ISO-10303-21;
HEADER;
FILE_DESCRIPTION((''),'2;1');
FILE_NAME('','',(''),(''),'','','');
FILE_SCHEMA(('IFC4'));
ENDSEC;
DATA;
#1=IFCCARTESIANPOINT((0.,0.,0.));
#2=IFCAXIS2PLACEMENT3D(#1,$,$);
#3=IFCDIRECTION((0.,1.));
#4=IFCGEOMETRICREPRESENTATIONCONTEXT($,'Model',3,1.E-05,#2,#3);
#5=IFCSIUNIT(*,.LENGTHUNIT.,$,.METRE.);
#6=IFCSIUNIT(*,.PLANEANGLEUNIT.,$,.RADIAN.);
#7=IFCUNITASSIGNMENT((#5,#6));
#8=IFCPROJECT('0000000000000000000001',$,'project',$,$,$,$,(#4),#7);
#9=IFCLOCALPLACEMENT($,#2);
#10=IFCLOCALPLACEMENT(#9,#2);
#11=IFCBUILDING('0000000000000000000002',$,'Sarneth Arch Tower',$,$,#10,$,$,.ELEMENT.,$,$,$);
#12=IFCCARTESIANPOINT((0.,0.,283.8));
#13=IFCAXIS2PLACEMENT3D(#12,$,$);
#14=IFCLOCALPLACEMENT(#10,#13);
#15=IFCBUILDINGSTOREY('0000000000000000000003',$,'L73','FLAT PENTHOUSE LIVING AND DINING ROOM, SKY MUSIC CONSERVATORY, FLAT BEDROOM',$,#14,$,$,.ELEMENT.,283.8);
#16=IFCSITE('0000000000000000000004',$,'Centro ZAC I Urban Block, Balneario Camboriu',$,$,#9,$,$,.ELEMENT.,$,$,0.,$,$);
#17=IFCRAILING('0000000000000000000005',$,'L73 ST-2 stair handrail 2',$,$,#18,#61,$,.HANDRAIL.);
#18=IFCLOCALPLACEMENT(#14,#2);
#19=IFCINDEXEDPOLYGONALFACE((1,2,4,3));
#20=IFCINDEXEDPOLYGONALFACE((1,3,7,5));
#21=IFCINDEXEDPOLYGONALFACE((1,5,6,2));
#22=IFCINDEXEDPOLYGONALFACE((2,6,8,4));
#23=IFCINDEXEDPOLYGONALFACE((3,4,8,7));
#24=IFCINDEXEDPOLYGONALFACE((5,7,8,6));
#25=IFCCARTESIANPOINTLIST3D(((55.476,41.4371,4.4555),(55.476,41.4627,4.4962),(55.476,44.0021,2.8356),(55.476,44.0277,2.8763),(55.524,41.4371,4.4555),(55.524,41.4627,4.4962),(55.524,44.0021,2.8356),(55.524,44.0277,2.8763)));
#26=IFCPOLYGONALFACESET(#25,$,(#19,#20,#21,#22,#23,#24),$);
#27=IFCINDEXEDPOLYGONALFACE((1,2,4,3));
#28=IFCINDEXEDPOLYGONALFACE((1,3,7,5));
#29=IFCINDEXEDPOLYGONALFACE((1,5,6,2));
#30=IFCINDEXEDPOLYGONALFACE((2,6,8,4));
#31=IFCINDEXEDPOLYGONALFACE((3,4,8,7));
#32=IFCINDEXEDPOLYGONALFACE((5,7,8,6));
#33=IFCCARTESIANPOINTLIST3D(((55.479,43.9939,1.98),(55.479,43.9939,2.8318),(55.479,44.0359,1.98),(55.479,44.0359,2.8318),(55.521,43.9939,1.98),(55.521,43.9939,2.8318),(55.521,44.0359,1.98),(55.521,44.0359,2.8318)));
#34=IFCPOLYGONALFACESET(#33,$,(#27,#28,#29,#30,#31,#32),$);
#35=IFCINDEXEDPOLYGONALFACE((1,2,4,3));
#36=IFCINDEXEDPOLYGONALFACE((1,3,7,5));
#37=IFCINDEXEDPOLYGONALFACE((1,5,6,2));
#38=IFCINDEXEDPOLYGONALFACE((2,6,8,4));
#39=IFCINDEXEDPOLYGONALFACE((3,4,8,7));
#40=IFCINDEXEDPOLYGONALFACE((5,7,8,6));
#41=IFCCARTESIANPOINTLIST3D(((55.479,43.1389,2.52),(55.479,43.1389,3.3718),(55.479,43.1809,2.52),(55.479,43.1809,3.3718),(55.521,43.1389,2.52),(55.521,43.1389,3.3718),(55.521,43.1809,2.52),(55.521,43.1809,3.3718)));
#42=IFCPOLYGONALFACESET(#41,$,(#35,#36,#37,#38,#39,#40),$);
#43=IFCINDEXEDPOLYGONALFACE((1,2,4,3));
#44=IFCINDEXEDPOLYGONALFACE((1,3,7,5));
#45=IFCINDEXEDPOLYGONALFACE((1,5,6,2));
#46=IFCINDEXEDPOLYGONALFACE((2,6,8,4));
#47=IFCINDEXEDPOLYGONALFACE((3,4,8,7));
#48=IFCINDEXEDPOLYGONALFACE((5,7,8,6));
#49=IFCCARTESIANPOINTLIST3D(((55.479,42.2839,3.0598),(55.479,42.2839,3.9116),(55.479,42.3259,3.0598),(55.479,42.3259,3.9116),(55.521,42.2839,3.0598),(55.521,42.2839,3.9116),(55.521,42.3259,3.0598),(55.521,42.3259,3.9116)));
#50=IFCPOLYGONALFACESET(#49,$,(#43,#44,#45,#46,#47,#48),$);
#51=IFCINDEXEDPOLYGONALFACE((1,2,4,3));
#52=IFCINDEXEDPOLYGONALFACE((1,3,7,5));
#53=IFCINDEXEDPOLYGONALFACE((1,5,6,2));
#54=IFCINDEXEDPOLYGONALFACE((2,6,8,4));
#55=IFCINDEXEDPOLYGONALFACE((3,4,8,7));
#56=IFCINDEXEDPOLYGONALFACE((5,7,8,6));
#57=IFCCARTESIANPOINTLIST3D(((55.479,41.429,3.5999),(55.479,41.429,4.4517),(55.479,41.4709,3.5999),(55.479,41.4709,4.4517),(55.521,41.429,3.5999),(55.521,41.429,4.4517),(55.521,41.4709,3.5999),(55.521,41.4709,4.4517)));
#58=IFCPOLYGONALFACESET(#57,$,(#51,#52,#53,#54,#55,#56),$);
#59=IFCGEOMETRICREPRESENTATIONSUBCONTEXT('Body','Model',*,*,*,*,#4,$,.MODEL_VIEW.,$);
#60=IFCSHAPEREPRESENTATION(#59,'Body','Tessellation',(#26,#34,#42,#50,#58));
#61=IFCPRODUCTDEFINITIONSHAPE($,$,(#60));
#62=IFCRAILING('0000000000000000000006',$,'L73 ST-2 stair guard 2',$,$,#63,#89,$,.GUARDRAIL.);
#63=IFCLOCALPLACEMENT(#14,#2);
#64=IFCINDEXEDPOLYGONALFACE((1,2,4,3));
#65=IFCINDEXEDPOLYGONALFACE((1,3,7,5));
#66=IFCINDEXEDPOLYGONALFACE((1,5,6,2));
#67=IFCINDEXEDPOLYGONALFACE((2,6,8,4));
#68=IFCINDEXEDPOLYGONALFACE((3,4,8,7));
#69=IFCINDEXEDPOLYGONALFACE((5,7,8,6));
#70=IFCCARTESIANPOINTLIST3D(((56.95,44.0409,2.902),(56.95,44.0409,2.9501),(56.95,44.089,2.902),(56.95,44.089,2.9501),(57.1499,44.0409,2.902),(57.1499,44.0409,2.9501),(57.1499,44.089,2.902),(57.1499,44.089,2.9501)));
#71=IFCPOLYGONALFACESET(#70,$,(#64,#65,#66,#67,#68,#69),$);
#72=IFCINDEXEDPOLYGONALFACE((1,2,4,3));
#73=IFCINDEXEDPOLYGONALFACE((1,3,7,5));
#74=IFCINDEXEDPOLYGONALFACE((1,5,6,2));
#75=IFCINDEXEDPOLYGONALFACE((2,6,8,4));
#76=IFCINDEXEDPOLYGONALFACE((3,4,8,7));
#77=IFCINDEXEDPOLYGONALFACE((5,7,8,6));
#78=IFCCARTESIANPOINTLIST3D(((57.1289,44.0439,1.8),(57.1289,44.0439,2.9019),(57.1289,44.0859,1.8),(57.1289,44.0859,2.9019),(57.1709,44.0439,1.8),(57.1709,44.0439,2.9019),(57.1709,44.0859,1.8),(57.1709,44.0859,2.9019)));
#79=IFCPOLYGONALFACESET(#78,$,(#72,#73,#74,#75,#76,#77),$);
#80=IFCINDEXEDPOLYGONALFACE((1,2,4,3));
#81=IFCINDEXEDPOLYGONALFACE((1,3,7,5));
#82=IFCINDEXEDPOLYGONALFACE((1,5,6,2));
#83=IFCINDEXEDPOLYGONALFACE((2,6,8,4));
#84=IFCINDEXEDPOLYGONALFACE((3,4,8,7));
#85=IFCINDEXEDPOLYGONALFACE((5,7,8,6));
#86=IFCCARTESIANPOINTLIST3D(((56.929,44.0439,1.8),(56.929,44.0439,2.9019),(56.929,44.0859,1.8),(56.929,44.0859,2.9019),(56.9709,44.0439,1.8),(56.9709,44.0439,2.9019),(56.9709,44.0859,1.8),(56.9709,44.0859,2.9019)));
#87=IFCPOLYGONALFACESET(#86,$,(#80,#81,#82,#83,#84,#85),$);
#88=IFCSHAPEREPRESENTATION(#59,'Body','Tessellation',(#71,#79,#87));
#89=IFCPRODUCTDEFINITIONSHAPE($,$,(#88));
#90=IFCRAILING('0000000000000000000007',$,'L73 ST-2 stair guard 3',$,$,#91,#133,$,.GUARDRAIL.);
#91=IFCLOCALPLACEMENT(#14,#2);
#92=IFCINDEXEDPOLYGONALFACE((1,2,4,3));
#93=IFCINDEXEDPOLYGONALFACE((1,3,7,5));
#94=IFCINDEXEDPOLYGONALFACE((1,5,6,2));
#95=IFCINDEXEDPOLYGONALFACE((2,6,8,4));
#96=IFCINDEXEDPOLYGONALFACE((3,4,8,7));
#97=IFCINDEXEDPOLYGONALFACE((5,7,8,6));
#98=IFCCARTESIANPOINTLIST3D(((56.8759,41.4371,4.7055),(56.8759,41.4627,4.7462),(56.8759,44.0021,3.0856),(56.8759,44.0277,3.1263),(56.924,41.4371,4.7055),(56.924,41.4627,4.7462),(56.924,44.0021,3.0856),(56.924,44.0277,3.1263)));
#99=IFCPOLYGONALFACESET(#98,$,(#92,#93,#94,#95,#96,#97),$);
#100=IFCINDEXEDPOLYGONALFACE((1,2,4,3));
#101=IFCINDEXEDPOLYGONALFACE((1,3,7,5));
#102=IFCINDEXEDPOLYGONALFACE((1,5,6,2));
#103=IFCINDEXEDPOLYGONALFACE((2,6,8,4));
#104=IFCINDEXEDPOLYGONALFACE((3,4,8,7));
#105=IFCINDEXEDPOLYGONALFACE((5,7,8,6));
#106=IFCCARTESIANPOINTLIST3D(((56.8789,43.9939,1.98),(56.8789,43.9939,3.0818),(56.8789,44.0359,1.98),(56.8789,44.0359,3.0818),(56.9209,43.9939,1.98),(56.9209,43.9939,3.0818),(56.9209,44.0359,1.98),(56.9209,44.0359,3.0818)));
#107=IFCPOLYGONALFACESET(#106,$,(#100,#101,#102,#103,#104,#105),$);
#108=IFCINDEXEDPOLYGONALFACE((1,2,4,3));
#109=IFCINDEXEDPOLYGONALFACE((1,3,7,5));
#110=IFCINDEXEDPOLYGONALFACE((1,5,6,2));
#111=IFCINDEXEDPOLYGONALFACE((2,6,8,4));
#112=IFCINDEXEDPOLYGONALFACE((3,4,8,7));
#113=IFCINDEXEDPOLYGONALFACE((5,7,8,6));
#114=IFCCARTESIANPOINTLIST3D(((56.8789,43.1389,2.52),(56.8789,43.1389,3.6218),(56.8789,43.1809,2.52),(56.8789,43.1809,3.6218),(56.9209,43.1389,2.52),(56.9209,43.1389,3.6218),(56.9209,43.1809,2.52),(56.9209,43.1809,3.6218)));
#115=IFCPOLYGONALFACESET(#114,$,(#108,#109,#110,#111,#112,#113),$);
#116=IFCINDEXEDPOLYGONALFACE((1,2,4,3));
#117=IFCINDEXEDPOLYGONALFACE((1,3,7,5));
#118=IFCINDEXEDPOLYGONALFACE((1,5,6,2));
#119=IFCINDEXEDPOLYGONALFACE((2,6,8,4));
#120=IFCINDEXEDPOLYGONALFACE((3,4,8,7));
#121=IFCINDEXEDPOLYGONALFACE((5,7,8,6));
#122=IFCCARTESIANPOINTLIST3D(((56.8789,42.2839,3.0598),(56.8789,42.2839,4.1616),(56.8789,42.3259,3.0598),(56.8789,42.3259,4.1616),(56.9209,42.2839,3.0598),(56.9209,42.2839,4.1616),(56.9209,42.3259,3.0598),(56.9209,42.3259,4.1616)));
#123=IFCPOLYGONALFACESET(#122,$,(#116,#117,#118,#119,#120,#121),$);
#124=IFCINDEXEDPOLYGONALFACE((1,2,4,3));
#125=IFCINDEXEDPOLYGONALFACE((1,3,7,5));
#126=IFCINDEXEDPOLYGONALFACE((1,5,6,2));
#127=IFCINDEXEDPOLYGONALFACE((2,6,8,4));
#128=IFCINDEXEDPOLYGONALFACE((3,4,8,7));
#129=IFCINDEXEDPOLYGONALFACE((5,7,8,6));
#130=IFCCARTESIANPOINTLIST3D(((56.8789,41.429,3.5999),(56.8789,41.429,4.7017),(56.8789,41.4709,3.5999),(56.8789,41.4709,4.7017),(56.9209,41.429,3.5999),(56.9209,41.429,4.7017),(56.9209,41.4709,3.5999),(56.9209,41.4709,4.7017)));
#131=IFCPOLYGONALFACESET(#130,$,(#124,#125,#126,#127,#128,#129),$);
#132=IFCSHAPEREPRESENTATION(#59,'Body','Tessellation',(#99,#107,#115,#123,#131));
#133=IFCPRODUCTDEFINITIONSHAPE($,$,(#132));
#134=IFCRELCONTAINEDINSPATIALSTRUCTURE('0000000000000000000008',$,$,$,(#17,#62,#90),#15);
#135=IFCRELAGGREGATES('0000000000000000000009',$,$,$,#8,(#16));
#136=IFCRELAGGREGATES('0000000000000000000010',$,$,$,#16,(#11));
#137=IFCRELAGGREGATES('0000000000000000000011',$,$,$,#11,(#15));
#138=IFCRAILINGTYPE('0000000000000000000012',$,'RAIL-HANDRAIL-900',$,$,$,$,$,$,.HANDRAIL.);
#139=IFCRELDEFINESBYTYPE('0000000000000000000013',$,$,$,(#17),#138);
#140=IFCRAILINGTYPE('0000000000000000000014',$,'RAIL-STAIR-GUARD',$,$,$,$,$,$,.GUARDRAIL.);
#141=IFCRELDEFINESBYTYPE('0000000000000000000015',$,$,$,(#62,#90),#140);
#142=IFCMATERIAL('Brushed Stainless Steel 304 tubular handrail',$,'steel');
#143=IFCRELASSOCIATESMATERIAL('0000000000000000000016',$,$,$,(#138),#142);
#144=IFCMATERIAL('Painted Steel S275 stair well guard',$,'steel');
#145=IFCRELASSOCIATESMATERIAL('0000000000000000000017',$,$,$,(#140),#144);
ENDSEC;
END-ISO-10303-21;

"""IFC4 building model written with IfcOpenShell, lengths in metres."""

from ifc_helpers import new_model, si_unit, direction, frame, origin, origin_2d, place, context, subcontext, project, spatial, rectangle, extrude, material, type_object, element, save


model = new_model("IFC4")

# Units and contexts
model_context = context("Model", 3, precision=1e-05, world=origin(), true_north=direction((0.0, 1.0)))
body_context = subcontext(model_context, "Body", "Model", "MODEL_VIEW")
ifc_project = project(units=[si_unit("LENGTHUNIT", "METRE"), si_unit("PLANEANGLEUNIT", "RADIAN")], contexts=[model_context])

# Site, building, storey
site_placement = place(None, origin())
site = spatial("IfcSite", under=ifc_project, at=site_placement, Name="Centro ZAC I Urban Block, Balneario Camboriu", CompositionType="ELEMENT", RefElevation=0.0)
building_placement = place(site_placement, origin())
building = spatial("IfcBuilding", under=site, at=building_placement, Name="Sarneth Arch Tower", CompositionType="ELEMENT")
storey_placement = place(building_placement, frame((0.0, 0.0, 283.8)))
storey = spatial("IfcBuildingStorey", under=building, at=storey_placement, Name="L73", Description="FLAT PENTHOUSE LIVING AND DINING ROOM, SKY MUSIC CONSERVATORY, FLAT BEDROOM", CompositionType="ELEMENT", Elevation=283.8)

# Railings
ifc_material_1 = material(Name="Brushed Stainless Steel 304 tubular handrail", Category="steel")
railing_type_1 = type_object("IfcRailingType", Name="RAIL-HANDRAIL-900", PredefinedType="HANDRAIL", material=ifc_material_1)
railing_1_placement = place(storey_placement, frame((55.5, 44.0149, 1.98)))
element("IfcRailing", 1, at=railing_1_placement, inside=storey, type_object=railing_type_1, Name="L73 ST-2 stair handrail 2", PredefinedType="HANDRAIL", context=body_context, shape_type="SweptSolid", body=[
    extrude(rectangle(XDim=0.0481, YDim=0.0481, at=origin_2d()), frame((0.0, 0.0, 0.876), z_axis=(0.0, -0.845502, 0.533972), x_axis=(1.0, 0.0, 0.0)), (0.0, 0.0, 1.0), 3.0337),
    extrude(rectangle(XDim=0.042, YDim=0.042, at=origin_2d()), origin(), (0.0, 0.0, 1.0), 0.8518),
    extrude(rectangle(XDim=0.042, YDim=0.042, at=origin_2d()), frame((0.0, -0.855, 0.54)), (0.0, 0.0, 1.0), 0.8518),
    extrude(rectangle(XDim=0.042, YDim=0.042, at=origin_2d()), frame((0.0, -1.71, 1.0798)), (0.0, 0.0, 1.0), 0.8518),
    extrude(rectangle(XDim=0.042, YDim=0.042, at=origin_2d()), frame((0.0, -2.5649, 1.6199)), (0.0, 0.0, 1.0), 0.8518),
])
ifc_material_2 = material(Name="Painted Steel S275 stair well guard", Category="steel")
railing_type_2 = type_object("IfcRailingType", Name="RAIL-STAIR-GUARD", PredefinedType="GUARDRAIL", material=ifc_material_2)
railing_2_placement = place(storey_placement, frame((57.1499, 44.0649, 1.8)))
element("IfcRailing", 2, at=railing_2_placement, inside=storey, type_object=railing_type_2, Name="L73 ST-2 stair guard 2", PredefinedType="GUARDRAIL", context=body_context, shape_type="SweptSolid", body=[
    extrude(rectangle(XDim=0.0481, YDim=0.0481, at=origin_2d()), frame((0.0, 0.0, 1.126), z_axis=(-1.0, 0.0, 0.0), x_axis=(0.0, -1.0, 0.0)), (0.0, 0.0, 1.0), 0.2),
    extrude(rectangle(XDim=0.042, YDim=0.042, at=origin_2d()), origin(), (0.0, 0.0, 1.0), 1.1018),
    extrude(rectangle(XDim=0.042, YDim=0.042, at=origin_2d()), frame((-0.2, 0.0, 0.0)), (0.0, 0.0, 1.0), 1.1018),
])
railing_3_placement = place(storey_placement, frame((56.8999, 44.0149, 1.98)))
element("IfcRailing", 3, at=railing_3_placement, inside=storey, type_object=railing_type_2, Name="L73 ST-2 stair guard 3", PredefinedType="GUARDRAIL", context=body_context, shape_type="SweptSolid", body=[
    extrude(rectangle(XDim=0.0481, YDim=0.0481, at=origin_2d()), frame((0.0, 0.0, 1.126), z_axis=(0.0, -0.845502, 0.533972), x_axis=(1.0, 0.0, 0.0)), (0.0, 0.0, 1.0), 3.0337),
    extrude(rectangle(XDim=0.042, YDim=0.042, at=origin_2d()), origin(), (0.0, 0.0, 1.0), 1.1018),
    extrude(rectangle(XDim=0.042, YDim=0.042, at=origin_2d()), frame((0.0, -0.855, 0.54)), (0.0, 0.0, 1.0), 1.1018),
    extrude(rectangle(XDim=0.042, YDim=0.042, at=origin_2d()), frame((0.0, -1.71, 1.0798)), (0.0, 0.0, 1.0), 1.1018),
    extrude(rectangle(XDim=0.042, YDim=0.042, at=origin_2d()), frame((0.0, -2.5649, 1.6199)), (0.0, 0.0, 1.0), 1.1018),
])

save(model, "model.ifc")
